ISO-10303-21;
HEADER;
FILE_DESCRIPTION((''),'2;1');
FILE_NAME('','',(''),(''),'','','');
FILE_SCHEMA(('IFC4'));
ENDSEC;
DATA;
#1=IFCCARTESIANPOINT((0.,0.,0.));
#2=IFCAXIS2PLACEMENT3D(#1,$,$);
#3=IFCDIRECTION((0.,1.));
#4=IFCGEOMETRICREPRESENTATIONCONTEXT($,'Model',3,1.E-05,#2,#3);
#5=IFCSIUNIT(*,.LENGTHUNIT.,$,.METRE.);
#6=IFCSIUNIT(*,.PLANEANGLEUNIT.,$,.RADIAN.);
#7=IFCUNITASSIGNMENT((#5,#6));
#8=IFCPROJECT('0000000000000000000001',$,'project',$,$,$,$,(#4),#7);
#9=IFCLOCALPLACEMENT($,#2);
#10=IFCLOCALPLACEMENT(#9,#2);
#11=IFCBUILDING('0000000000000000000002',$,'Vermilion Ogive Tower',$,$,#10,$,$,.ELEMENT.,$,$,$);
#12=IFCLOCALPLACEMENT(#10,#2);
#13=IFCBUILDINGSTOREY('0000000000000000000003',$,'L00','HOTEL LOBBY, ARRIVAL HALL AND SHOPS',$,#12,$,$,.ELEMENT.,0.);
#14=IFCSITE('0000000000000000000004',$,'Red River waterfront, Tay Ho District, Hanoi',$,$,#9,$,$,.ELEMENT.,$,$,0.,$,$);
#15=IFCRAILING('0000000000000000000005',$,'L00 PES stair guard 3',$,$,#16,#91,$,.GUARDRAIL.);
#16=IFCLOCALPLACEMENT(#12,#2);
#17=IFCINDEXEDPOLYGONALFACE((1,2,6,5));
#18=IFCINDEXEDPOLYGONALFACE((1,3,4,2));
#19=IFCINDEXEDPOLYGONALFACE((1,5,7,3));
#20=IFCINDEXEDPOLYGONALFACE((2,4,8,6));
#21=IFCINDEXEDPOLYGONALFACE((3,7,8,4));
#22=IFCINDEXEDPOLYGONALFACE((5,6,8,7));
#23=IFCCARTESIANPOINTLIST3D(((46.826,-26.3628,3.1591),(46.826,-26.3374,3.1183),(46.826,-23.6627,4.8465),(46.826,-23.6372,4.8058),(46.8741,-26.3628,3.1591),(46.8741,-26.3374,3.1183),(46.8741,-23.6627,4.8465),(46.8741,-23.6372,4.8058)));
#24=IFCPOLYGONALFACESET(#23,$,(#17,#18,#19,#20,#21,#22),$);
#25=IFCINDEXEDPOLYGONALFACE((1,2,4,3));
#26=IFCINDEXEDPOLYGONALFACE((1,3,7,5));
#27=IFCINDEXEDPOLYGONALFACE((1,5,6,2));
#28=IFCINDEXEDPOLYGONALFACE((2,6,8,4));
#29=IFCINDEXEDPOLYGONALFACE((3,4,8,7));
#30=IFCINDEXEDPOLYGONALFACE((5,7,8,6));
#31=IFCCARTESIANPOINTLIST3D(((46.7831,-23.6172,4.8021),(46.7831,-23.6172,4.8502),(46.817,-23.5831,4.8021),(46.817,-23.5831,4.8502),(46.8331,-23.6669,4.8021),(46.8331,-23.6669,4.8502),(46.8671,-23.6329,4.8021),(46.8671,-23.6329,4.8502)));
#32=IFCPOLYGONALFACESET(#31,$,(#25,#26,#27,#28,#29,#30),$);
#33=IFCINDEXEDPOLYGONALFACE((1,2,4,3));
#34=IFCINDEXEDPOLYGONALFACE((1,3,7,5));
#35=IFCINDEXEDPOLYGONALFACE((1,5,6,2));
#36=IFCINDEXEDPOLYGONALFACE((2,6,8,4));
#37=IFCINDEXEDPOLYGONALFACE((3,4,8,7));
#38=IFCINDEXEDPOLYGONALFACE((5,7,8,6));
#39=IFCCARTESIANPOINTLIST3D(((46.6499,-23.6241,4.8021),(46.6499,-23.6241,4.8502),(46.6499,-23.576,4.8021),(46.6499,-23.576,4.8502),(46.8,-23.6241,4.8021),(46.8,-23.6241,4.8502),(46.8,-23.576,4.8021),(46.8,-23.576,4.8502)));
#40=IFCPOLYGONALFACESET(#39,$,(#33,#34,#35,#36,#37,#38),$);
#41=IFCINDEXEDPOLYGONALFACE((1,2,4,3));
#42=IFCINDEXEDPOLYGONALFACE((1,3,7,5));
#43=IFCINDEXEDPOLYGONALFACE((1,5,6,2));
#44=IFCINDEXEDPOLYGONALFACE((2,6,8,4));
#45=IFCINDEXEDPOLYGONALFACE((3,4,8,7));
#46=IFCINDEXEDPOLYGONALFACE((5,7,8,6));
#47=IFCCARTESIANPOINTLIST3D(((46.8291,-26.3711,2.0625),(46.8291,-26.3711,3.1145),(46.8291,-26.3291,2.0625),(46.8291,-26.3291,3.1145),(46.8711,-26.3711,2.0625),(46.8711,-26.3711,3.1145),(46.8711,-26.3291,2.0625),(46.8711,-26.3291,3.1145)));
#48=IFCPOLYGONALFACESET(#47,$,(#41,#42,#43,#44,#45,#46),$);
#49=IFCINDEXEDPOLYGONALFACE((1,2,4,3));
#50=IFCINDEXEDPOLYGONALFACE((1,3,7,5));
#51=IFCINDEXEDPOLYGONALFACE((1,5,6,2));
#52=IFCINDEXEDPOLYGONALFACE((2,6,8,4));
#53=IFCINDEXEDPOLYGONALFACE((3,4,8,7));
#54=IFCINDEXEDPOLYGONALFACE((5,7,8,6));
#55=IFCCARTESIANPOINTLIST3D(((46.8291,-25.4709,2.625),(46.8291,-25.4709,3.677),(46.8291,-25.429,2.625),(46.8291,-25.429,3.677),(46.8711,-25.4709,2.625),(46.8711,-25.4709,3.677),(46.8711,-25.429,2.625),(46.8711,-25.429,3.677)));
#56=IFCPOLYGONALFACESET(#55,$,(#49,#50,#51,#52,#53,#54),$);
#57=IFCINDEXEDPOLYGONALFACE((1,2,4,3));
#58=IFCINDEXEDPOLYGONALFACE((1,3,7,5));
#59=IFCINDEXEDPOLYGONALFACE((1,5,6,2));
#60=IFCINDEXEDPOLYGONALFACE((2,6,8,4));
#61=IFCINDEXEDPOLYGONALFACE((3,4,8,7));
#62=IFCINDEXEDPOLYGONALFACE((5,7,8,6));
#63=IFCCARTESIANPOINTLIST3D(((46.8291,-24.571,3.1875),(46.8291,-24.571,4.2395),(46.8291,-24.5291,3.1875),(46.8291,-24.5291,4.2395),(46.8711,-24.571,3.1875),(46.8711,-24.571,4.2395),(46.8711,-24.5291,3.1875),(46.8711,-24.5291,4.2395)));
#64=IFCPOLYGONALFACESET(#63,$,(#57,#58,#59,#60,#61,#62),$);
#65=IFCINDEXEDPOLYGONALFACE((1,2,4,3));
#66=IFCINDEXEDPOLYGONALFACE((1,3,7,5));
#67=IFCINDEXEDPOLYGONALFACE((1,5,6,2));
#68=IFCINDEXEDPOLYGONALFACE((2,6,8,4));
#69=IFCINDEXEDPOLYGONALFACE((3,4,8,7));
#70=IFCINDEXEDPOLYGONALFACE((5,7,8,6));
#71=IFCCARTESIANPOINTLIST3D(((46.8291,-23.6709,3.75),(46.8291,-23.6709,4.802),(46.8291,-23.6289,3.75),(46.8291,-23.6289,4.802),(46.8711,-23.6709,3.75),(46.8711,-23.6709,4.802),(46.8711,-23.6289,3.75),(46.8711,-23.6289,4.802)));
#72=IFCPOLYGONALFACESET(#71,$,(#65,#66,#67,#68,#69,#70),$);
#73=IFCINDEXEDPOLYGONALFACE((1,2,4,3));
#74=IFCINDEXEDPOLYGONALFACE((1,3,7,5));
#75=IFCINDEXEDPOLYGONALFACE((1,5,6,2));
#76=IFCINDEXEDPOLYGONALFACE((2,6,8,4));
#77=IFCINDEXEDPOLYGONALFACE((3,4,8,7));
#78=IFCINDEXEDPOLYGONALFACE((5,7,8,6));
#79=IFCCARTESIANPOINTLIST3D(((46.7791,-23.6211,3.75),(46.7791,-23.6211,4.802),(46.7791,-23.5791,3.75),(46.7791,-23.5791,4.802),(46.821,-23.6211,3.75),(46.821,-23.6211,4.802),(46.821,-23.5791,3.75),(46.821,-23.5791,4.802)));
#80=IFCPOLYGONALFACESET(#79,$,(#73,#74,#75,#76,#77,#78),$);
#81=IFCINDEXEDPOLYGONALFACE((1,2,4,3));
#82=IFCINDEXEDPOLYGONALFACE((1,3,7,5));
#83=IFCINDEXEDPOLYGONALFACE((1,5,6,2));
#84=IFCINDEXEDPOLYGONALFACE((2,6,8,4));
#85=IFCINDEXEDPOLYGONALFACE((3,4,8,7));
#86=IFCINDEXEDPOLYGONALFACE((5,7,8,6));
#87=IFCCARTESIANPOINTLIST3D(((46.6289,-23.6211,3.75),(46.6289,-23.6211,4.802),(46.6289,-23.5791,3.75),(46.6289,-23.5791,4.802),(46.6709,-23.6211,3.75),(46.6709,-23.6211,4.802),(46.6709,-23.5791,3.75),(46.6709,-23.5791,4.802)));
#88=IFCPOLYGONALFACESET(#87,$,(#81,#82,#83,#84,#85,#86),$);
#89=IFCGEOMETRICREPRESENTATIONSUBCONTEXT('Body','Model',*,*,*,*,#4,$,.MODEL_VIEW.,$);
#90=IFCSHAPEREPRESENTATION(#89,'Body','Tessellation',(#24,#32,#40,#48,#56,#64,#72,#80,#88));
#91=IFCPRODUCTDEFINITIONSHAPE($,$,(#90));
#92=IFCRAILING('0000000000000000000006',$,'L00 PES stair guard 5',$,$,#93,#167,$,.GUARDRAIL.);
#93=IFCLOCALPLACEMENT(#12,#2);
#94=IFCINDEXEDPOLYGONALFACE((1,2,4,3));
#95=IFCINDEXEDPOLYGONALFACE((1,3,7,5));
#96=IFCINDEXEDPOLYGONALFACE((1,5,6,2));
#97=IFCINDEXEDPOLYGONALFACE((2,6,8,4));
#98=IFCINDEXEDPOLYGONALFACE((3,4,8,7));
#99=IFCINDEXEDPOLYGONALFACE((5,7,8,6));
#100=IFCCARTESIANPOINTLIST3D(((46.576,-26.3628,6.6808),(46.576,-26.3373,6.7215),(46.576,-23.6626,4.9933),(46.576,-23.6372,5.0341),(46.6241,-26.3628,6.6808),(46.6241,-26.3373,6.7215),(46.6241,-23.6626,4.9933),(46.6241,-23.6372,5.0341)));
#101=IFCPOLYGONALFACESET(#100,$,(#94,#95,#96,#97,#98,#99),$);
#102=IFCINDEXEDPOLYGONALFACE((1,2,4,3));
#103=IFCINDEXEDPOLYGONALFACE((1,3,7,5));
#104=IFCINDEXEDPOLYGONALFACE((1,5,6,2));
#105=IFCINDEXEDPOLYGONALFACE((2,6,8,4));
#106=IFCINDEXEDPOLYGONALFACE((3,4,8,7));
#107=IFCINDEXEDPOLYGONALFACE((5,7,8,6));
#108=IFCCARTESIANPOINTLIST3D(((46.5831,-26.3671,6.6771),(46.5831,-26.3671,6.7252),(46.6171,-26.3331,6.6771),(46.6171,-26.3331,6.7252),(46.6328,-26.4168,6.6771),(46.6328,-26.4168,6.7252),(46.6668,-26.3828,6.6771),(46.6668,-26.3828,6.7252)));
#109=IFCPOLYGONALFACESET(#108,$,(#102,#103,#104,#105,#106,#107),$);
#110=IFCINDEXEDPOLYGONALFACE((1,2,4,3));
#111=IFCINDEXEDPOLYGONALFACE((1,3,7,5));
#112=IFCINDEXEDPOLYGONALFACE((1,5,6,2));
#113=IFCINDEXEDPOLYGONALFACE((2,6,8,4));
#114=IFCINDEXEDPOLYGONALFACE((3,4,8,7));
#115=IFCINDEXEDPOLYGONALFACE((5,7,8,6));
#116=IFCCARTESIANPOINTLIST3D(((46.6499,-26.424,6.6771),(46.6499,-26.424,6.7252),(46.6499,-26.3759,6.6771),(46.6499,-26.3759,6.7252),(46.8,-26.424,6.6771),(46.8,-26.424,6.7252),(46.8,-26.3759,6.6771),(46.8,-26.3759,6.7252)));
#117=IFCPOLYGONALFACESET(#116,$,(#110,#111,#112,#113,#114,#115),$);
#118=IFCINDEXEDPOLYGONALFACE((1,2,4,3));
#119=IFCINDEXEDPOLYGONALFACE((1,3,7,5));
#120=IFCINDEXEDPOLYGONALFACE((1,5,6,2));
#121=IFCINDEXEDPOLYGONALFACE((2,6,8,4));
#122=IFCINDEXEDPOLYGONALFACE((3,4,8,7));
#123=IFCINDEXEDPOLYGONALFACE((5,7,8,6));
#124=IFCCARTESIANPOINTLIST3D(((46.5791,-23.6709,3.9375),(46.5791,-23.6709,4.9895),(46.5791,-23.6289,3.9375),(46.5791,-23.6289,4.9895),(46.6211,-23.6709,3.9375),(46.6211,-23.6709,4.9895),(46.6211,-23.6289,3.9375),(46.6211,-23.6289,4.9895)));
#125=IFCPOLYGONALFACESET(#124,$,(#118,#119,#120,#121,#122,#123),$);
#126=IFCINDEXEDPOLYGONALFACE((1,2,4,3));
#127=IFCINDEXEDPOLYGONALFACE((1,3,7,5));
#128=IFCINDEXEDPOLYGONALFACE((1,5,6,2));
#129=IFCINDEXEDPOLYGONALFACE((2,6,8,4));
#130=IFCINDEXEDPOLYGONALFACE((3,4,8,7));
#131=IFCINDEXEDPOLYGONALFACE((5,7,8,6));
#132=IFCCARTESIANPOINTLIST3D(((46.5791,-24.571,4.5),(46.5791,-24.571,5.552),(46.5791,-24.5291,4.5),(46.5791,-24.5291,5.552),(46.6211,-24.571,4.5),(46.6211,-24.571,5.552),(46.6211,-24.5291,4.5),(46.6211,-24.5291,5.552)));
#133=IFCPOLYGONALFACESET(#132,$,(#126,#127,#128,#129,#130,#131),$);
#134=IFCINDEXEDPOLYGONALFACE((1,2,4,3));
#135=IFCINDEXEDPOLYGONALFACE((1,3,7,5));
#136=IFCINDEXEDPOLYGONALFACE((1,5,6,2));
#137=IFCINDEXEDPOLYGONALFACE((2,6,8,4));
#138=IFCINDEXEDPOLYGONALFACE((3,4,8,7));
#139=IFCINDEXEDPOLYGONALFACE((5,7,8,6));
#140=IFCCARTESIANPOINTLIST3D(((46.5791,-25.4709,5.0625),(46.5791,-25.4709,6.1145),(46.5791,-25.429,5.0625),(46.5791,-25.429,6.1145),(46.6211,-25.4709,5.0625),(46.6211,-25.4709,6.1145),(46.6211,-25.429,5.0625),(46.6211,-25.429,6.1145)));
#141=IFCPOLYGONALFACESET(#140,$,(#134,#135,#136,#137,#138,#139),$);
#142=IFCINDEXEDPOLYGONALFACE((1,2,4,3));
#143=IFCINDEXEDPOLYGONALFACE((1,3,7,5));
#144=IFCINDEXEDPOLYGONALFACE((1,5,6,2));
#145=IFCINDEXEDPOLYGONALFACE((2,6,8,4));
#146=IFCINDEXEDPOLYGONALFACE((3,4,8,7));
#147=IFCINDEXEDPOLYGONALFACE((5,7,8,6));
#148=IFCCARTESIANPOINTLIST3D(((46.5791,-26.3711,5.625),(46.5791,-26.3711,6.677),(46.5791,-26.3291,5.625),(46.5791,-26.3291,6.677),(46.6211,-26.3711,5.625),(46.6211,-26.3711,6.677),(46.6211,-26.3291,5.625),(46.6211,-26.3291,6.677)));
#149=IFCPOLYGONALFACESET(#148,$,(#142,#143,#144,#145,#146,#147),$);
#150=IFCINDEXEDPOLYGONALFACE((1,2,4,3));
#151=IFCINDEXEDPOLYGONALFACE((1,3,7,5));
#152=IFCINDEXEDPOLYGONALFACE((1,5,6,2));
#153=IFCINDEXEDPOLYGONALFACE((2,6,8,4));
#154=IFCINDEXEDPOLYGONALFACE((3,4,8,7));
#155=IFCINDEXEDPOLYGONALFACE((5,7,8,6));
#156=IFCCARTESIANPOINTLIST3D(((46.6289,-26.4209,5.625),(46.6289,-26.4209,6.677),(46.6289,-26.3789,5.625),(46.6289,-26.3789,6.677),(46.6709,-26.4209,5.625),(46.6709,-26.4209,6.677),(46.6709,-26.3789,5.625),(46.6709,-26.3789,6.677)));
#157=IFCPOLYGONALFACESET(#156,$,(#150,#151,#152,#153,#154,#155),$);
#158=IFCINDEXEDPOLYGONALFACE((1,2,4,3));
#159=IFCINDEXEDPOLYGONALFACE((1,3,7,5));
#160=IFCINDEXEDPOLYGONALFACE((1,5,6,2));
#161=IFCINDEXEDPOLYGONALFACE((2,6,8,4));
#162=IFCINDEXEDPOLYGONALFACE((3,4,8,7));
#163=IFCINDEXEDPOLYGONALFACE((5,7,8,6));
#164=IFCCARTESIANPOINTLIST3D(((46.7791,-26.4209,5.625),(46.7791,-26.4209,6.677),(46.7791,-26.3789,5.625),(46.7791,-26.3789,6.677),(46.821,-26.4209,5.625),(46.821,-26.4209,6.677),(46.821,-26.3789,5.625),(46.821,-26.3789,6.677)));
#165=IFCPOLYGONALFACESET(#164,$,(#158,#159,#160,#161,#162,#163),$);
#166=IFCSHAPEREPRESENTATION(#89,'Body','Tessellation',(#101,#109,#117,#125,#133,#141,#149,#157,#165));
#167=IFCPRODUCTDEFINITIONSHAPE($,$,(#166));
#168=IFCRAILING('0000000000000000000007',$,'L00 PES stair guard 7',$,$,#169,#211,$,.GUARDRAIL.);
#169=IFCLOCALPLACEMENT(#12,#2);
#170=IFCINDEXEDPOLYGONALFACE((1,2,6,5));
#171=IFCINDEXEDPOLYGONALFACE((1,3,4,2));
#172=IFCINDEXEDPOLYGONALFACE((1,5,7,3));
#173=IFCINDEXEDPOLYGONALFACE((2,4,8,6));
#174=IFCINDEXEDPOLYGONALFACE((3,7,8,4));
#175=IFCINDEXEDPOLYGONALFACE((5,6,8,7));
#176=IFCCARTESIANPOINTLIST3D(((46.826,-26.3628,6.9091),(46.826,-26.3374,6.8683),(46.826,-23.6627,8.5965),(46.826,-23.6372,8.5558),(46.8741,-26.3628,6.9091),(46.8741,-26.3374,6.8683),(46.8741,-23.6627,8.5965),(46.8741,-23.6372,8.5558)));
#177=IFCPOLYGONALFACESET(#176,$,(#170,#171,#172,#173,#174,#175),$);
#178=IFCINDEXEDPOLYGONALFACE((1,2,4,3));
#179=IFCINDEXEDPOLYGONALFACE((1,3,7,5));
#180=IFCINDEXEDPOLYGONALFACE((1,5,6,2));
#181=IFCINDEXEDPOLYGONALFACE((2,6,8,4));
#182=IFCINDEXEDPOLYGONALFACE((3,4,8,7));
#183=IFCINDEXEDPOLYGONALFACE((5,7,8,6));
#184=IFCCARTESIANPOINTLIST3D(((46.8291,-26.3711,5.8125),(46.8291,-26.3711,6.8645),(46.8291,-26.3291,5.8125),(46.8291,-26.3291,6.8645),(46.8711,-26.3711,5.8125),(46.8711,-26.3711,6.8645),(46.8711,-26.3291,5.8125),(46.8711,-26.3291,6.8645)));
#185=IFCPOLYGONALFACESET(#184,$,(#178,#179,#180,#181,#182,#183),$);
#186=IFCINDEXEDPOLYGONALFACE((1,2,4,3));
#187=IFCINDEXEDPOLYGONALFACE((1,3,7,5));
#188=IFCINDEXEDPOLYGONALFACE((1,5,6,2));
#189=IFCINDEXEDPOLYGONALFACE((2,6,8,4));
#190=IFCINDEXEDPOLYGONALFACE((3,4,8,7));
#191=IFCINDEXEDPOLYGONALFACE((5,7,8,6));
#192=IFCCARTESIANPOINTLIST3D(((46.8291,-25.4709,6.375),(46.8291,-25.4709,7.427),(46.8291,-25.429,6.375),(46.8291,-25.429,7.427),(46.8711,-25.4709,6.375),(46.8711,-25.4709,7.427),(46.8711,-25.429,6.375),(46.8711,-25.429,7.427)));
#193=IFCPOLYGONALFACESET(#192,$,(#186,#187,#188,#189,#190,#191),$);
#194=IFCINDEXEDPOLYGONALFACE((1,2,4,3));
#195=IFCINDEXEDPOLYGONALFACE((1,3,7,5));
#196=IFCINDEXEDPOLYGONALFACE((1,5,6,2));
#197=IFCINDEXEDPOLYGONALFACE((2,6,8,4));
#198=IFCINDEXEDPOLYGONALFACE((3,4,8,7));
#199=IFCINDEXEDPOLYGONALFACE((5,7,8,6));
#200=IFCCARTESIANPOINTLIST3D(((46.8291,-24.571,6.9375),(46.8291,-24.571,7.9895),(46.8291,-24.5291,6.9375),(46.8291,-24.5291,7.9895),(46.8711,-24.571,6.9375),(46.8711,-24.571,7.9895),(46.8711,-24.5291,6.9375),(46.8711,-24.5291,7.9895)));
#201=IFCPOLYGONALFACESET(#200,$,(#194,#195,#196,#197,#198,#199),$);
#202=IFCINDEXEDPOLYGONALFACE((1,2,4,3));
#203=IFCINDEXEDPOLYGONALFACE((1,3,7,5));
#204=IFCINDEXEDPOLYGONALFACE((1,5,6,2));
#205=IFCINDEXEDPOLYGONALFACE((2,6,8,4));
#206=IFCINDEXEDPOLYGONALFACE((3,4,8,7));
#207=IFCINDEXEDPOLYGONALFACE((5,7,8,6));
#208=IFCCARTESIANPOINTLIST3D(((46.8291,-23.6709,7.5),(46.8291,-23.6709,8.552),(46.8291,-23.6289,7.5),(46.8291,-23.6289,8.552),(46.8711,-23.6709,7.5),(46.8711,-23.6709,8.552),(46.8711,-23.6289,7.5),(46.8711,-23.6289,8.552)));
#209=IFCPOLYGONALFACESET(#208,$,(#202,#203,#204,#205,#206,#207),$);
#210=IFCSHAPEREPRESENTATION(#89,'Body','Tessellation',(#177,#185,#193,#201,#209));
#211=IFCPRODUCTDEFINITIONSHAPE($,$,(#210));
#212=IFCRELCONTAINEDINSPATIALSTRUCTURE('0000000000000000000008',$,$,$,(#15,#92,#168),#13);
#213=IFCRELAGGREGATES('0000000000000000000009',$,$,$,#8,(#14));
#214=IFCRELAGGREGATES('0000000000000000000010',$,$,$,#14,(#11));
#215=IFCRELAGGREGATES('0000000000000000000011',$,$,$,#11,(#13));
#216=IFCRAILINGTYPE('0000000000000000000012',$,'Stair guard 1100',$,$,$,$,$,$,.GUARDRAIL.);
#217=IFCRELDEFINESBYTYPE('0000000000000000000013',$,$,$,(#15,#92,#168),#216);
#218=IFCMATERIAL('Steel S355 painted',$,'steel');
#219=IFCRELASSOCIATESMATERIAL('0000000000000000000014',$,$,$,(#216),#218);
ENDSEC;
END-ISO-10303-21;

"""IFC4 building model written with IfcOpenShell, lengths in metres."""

from ifc_helpers import new_model, si_unit, direction, frame, origin, origin_2d, place, context, subcontext, project, spatial, rectangle, extrude, material, type_object, element, save


model = new_model("IFC4")

# Units and contexts
model_context = context("Model", 3, precision=1e-05, world=origin(), true_north=direction((0.0, 1.0)))
body_context = subcontext(model_context, "Body", "Model", "MODEL_VIEW")
ifc_project = project(units=[si_unit("LENGTHUNIT", "METRE"), si_unit("PLANEANGLEUNIT", "RADIAN")], contexts=[model_context])

# Site, building, storey
site_placement = place(None, origin())
site = spatial("IfcSite", under=ifc_project, at=site_placement, Name="Red River waterfront, Tay Ho District, Hanoi", CompositionType="ELEMENT", RefElevation=0.0)
building_placement = place(site_placement, origin())
building = spatial("IfcBuilding", under=site, at=building_placement, Name="Vermilion Ogive Tower", CompositionType="ELEMENT")
storey_placement = place(building_placement, origin())
storey = spatial("IfcBuildingStorey", under=building, at=storey_placement, Name="L00", Description="HOTEL LOBBY, ARRIVAL HALL AND SHOPS", CompositionType="ELEMENT", Elevation=0.0)

# Railings
ifc_material_1 = material(Name="Steel S355 painted", Category="steel")
railing_type_1 = type_object("IfcRailingType", Name="Stair guard 1100", PredefinedType="GUARDRAIL", material=ifc_material_1)
railing_1_placement = place(storey_placement, frame((46.8501, -26.3501, 2.0625)))
element("IfcRailing", 1, at=railing_1_placement, inside=storey, type_object=railing_type_1, Name="L00 PES stair guard 3", PredefinedType="GUARDRAIL", context=body_context, shape_type="SweptSolid", body=[
    extrude(rectangle(XDim=0.0481, YDim=0.0481, at=origin_2d()), frame((0.0, 0.0, 1.0762), z_axis=(0.0, 0.848016, 0.529971), x_axis=(-1.0, 0.0, 0.0)), (0.0, 0.0, 1.0), 3.1841),
    extrude(rectangle(XDim=0.0481, YDim=0.0481, at=origin_2d()), frame((0.0, 2.7002, 2.7637), z_axis=(-0.708834, 0.705376, 0.0), x_axis=(-0.705376, -0.708834, 0.0)), (0.0, 0.0, 1.0), 0.0706),
    extrude(rectangle(XDim=0.0481, YDim=0.0481, at=origin_2d()), frame((-0.05, 2.75, 2.7637), z_axis=(-1.0, 0.0, 0.0), x_axis=(0.0, -1.0, 0.0)), (0.0, 0.0, 1.0), 0.1501),
    extrude(rectangle(XDim=0.042, YDim=0.042, at=origin_2d()), origin(), (0.0, 0.0, 1.0), 1.052),
    extrude(rectangle(XDim=0.042, YDim=0.042, at=origin_2d()), frame((0.0, 0.9001, 0.5625)), (0.0, 0.0, 1.0), 1.052),
    extrude(rectangle(XDim=0.042, YDim=0.042, at=origin_2d()), frame((0.0, 1.8, 1.125)), (0.0, 0.0, 1.0), 1.052),
    extrude(rectangle(XDim=0.042, YDim=0.042, at=origin_2d()), frame((0.0, 2.7002, 1.6875)), (0.0, 0.0, 1.0), 1.052),
    extrude(rectangle(XDim=0.042, YDim=0.042, at=origin_2d()), frame((-0.05, 2.75, 1.6875)), (0.0, 0.0, 1.0), 1.052),
    extrude(rectangle(XDim=0.042, YDim=0.042, at=origin_2d()), frame((-0.2002, 2.75, 1.6875)), (0.0, 0.0, 1.0), 1.052),
])
railing_2_placement = place(storey_placement, frame((46.6001, -23.6499, 3.9375)))
element("IfcRailing", 2, at=railing_2_placement, inside=storey, type_object=railing_type_1, Name="L00 PES stair guard 5", PredefinedType="GUARDRAIL", context=body_context, shape_type="SweptSolid", body=[
    extrude(rectangle(XDim=0.0481, YDim=0.0481, at=origin_2d()), frame((0.0, 0.0, 1.0762), z_axis=(0.0, -0.848016, 0.529971), x_axis=(1.0, 0.0, 0.0)), (0.0, 0.0, 1.0), 3.1841),
    extrude(rectangle(XDim=0.0481, YDim=0.0481, at=origin_2d()), frame((0.0, -2.7002, 2.7637), z_axis=(0.707107, -0.707107, 0.0), x_axis=(0.707107, 0.707107, 0.0)), (0.0, 0.0, 1.0), 0.0703),
    extrude(rectangle(XDim=0.0481, YDim=0.0481, at=origin_2d()), frame((0.0498, -2.75, 2.7637), z_axis=(1.0, 0.0, 0.0), x_axis=(0.0, 1.0, 0.0)), (0.0, 0.0, 1.0), 0.1501),
    extrude(rectangle(XDim=0.042, YDim=0.042, at=origin_2d()), origin(), (0.0, 0.0, 1.0), 1.052),
    extrude(rectangle(XDim=0.042, YDim=0.042, at=origin_2d()), frame((0.0, -0.9001, 0.5625)), (0.0, 0.0, 1.0), 1.052),
    extrude(rectangle(XDim=0.042, YDim=0.042, at=origin_2d()), frame((0.0, -1.8, 1.125)), (0.0, 0.0, 1.0), 1.052),
    extrude(rectangle(XDim=0.042, YDim=0.042, at=origin_2d()), frame((0.0, -2.7002, 1.6875)), (0.0, 0.0, 1.0), 1.052),
    extrude(rectangle(XDim=0.042, YDim=0.042, at=origin_2d()), frame((0.0498, -2.75, 1.6875)), (0.0, 0.0, 1.0), 1.052),
    extrude(rectangle(XDim=0.042, YDim=0.042, at=origin_2d()), frame((0.2, -2.75, 1.6875)), (0.0, 0.0, 1.0), 1.052),
])
railing_3_placement = place(storey_placement, frame((46.8501, -26.3501, 5.8125)))
element("IfcRailing", 3, at=railing_3_placement, inside=storey, type_object=railing_type_1, Name="L00 PES stair guard 7", PredefinedType="GUARDRAIL", context=body_context, shape_type="SweptSolid", body=[
    extrude(rectangle(XDim=0.0481, YDim=0.0481, at=origin_2d()), frame((0.0, 0.0, 1.0762), z_axis=(0.0, 0.848016, 0.529971), x_axis=(-1.0, 0.0, 0.0)), (0.0, 0.0, 1.0), 3.1841),
    extrude(rectangle(XDim=0.042, YDim=0.042, at=origin_2d()), origin(), (0.0, 0.0, 1.0), 1.052),
    extrude(rectangle(XDim=0.042, YDim=0.042, at=origin_2d()), frame((0.0, 0.9001, 0.5625)), (0.0, 0.0, 1.0), 1.052),
    extrude(rectangle(XDim=0.042, YDim=0.042, at=origin_2d()), frame((0.0, 1.8, 1.125)), (0.0, 0.0, 1.0), 1.052),
    extrude(rectangle(XDim=0.042, YDim=0.042, at=origin_2d()), frame((0.0, 2.7002, 1.6875)), (0.0, 0.0, 1.0), 1.052),
])

save(model, "model.ifc")
